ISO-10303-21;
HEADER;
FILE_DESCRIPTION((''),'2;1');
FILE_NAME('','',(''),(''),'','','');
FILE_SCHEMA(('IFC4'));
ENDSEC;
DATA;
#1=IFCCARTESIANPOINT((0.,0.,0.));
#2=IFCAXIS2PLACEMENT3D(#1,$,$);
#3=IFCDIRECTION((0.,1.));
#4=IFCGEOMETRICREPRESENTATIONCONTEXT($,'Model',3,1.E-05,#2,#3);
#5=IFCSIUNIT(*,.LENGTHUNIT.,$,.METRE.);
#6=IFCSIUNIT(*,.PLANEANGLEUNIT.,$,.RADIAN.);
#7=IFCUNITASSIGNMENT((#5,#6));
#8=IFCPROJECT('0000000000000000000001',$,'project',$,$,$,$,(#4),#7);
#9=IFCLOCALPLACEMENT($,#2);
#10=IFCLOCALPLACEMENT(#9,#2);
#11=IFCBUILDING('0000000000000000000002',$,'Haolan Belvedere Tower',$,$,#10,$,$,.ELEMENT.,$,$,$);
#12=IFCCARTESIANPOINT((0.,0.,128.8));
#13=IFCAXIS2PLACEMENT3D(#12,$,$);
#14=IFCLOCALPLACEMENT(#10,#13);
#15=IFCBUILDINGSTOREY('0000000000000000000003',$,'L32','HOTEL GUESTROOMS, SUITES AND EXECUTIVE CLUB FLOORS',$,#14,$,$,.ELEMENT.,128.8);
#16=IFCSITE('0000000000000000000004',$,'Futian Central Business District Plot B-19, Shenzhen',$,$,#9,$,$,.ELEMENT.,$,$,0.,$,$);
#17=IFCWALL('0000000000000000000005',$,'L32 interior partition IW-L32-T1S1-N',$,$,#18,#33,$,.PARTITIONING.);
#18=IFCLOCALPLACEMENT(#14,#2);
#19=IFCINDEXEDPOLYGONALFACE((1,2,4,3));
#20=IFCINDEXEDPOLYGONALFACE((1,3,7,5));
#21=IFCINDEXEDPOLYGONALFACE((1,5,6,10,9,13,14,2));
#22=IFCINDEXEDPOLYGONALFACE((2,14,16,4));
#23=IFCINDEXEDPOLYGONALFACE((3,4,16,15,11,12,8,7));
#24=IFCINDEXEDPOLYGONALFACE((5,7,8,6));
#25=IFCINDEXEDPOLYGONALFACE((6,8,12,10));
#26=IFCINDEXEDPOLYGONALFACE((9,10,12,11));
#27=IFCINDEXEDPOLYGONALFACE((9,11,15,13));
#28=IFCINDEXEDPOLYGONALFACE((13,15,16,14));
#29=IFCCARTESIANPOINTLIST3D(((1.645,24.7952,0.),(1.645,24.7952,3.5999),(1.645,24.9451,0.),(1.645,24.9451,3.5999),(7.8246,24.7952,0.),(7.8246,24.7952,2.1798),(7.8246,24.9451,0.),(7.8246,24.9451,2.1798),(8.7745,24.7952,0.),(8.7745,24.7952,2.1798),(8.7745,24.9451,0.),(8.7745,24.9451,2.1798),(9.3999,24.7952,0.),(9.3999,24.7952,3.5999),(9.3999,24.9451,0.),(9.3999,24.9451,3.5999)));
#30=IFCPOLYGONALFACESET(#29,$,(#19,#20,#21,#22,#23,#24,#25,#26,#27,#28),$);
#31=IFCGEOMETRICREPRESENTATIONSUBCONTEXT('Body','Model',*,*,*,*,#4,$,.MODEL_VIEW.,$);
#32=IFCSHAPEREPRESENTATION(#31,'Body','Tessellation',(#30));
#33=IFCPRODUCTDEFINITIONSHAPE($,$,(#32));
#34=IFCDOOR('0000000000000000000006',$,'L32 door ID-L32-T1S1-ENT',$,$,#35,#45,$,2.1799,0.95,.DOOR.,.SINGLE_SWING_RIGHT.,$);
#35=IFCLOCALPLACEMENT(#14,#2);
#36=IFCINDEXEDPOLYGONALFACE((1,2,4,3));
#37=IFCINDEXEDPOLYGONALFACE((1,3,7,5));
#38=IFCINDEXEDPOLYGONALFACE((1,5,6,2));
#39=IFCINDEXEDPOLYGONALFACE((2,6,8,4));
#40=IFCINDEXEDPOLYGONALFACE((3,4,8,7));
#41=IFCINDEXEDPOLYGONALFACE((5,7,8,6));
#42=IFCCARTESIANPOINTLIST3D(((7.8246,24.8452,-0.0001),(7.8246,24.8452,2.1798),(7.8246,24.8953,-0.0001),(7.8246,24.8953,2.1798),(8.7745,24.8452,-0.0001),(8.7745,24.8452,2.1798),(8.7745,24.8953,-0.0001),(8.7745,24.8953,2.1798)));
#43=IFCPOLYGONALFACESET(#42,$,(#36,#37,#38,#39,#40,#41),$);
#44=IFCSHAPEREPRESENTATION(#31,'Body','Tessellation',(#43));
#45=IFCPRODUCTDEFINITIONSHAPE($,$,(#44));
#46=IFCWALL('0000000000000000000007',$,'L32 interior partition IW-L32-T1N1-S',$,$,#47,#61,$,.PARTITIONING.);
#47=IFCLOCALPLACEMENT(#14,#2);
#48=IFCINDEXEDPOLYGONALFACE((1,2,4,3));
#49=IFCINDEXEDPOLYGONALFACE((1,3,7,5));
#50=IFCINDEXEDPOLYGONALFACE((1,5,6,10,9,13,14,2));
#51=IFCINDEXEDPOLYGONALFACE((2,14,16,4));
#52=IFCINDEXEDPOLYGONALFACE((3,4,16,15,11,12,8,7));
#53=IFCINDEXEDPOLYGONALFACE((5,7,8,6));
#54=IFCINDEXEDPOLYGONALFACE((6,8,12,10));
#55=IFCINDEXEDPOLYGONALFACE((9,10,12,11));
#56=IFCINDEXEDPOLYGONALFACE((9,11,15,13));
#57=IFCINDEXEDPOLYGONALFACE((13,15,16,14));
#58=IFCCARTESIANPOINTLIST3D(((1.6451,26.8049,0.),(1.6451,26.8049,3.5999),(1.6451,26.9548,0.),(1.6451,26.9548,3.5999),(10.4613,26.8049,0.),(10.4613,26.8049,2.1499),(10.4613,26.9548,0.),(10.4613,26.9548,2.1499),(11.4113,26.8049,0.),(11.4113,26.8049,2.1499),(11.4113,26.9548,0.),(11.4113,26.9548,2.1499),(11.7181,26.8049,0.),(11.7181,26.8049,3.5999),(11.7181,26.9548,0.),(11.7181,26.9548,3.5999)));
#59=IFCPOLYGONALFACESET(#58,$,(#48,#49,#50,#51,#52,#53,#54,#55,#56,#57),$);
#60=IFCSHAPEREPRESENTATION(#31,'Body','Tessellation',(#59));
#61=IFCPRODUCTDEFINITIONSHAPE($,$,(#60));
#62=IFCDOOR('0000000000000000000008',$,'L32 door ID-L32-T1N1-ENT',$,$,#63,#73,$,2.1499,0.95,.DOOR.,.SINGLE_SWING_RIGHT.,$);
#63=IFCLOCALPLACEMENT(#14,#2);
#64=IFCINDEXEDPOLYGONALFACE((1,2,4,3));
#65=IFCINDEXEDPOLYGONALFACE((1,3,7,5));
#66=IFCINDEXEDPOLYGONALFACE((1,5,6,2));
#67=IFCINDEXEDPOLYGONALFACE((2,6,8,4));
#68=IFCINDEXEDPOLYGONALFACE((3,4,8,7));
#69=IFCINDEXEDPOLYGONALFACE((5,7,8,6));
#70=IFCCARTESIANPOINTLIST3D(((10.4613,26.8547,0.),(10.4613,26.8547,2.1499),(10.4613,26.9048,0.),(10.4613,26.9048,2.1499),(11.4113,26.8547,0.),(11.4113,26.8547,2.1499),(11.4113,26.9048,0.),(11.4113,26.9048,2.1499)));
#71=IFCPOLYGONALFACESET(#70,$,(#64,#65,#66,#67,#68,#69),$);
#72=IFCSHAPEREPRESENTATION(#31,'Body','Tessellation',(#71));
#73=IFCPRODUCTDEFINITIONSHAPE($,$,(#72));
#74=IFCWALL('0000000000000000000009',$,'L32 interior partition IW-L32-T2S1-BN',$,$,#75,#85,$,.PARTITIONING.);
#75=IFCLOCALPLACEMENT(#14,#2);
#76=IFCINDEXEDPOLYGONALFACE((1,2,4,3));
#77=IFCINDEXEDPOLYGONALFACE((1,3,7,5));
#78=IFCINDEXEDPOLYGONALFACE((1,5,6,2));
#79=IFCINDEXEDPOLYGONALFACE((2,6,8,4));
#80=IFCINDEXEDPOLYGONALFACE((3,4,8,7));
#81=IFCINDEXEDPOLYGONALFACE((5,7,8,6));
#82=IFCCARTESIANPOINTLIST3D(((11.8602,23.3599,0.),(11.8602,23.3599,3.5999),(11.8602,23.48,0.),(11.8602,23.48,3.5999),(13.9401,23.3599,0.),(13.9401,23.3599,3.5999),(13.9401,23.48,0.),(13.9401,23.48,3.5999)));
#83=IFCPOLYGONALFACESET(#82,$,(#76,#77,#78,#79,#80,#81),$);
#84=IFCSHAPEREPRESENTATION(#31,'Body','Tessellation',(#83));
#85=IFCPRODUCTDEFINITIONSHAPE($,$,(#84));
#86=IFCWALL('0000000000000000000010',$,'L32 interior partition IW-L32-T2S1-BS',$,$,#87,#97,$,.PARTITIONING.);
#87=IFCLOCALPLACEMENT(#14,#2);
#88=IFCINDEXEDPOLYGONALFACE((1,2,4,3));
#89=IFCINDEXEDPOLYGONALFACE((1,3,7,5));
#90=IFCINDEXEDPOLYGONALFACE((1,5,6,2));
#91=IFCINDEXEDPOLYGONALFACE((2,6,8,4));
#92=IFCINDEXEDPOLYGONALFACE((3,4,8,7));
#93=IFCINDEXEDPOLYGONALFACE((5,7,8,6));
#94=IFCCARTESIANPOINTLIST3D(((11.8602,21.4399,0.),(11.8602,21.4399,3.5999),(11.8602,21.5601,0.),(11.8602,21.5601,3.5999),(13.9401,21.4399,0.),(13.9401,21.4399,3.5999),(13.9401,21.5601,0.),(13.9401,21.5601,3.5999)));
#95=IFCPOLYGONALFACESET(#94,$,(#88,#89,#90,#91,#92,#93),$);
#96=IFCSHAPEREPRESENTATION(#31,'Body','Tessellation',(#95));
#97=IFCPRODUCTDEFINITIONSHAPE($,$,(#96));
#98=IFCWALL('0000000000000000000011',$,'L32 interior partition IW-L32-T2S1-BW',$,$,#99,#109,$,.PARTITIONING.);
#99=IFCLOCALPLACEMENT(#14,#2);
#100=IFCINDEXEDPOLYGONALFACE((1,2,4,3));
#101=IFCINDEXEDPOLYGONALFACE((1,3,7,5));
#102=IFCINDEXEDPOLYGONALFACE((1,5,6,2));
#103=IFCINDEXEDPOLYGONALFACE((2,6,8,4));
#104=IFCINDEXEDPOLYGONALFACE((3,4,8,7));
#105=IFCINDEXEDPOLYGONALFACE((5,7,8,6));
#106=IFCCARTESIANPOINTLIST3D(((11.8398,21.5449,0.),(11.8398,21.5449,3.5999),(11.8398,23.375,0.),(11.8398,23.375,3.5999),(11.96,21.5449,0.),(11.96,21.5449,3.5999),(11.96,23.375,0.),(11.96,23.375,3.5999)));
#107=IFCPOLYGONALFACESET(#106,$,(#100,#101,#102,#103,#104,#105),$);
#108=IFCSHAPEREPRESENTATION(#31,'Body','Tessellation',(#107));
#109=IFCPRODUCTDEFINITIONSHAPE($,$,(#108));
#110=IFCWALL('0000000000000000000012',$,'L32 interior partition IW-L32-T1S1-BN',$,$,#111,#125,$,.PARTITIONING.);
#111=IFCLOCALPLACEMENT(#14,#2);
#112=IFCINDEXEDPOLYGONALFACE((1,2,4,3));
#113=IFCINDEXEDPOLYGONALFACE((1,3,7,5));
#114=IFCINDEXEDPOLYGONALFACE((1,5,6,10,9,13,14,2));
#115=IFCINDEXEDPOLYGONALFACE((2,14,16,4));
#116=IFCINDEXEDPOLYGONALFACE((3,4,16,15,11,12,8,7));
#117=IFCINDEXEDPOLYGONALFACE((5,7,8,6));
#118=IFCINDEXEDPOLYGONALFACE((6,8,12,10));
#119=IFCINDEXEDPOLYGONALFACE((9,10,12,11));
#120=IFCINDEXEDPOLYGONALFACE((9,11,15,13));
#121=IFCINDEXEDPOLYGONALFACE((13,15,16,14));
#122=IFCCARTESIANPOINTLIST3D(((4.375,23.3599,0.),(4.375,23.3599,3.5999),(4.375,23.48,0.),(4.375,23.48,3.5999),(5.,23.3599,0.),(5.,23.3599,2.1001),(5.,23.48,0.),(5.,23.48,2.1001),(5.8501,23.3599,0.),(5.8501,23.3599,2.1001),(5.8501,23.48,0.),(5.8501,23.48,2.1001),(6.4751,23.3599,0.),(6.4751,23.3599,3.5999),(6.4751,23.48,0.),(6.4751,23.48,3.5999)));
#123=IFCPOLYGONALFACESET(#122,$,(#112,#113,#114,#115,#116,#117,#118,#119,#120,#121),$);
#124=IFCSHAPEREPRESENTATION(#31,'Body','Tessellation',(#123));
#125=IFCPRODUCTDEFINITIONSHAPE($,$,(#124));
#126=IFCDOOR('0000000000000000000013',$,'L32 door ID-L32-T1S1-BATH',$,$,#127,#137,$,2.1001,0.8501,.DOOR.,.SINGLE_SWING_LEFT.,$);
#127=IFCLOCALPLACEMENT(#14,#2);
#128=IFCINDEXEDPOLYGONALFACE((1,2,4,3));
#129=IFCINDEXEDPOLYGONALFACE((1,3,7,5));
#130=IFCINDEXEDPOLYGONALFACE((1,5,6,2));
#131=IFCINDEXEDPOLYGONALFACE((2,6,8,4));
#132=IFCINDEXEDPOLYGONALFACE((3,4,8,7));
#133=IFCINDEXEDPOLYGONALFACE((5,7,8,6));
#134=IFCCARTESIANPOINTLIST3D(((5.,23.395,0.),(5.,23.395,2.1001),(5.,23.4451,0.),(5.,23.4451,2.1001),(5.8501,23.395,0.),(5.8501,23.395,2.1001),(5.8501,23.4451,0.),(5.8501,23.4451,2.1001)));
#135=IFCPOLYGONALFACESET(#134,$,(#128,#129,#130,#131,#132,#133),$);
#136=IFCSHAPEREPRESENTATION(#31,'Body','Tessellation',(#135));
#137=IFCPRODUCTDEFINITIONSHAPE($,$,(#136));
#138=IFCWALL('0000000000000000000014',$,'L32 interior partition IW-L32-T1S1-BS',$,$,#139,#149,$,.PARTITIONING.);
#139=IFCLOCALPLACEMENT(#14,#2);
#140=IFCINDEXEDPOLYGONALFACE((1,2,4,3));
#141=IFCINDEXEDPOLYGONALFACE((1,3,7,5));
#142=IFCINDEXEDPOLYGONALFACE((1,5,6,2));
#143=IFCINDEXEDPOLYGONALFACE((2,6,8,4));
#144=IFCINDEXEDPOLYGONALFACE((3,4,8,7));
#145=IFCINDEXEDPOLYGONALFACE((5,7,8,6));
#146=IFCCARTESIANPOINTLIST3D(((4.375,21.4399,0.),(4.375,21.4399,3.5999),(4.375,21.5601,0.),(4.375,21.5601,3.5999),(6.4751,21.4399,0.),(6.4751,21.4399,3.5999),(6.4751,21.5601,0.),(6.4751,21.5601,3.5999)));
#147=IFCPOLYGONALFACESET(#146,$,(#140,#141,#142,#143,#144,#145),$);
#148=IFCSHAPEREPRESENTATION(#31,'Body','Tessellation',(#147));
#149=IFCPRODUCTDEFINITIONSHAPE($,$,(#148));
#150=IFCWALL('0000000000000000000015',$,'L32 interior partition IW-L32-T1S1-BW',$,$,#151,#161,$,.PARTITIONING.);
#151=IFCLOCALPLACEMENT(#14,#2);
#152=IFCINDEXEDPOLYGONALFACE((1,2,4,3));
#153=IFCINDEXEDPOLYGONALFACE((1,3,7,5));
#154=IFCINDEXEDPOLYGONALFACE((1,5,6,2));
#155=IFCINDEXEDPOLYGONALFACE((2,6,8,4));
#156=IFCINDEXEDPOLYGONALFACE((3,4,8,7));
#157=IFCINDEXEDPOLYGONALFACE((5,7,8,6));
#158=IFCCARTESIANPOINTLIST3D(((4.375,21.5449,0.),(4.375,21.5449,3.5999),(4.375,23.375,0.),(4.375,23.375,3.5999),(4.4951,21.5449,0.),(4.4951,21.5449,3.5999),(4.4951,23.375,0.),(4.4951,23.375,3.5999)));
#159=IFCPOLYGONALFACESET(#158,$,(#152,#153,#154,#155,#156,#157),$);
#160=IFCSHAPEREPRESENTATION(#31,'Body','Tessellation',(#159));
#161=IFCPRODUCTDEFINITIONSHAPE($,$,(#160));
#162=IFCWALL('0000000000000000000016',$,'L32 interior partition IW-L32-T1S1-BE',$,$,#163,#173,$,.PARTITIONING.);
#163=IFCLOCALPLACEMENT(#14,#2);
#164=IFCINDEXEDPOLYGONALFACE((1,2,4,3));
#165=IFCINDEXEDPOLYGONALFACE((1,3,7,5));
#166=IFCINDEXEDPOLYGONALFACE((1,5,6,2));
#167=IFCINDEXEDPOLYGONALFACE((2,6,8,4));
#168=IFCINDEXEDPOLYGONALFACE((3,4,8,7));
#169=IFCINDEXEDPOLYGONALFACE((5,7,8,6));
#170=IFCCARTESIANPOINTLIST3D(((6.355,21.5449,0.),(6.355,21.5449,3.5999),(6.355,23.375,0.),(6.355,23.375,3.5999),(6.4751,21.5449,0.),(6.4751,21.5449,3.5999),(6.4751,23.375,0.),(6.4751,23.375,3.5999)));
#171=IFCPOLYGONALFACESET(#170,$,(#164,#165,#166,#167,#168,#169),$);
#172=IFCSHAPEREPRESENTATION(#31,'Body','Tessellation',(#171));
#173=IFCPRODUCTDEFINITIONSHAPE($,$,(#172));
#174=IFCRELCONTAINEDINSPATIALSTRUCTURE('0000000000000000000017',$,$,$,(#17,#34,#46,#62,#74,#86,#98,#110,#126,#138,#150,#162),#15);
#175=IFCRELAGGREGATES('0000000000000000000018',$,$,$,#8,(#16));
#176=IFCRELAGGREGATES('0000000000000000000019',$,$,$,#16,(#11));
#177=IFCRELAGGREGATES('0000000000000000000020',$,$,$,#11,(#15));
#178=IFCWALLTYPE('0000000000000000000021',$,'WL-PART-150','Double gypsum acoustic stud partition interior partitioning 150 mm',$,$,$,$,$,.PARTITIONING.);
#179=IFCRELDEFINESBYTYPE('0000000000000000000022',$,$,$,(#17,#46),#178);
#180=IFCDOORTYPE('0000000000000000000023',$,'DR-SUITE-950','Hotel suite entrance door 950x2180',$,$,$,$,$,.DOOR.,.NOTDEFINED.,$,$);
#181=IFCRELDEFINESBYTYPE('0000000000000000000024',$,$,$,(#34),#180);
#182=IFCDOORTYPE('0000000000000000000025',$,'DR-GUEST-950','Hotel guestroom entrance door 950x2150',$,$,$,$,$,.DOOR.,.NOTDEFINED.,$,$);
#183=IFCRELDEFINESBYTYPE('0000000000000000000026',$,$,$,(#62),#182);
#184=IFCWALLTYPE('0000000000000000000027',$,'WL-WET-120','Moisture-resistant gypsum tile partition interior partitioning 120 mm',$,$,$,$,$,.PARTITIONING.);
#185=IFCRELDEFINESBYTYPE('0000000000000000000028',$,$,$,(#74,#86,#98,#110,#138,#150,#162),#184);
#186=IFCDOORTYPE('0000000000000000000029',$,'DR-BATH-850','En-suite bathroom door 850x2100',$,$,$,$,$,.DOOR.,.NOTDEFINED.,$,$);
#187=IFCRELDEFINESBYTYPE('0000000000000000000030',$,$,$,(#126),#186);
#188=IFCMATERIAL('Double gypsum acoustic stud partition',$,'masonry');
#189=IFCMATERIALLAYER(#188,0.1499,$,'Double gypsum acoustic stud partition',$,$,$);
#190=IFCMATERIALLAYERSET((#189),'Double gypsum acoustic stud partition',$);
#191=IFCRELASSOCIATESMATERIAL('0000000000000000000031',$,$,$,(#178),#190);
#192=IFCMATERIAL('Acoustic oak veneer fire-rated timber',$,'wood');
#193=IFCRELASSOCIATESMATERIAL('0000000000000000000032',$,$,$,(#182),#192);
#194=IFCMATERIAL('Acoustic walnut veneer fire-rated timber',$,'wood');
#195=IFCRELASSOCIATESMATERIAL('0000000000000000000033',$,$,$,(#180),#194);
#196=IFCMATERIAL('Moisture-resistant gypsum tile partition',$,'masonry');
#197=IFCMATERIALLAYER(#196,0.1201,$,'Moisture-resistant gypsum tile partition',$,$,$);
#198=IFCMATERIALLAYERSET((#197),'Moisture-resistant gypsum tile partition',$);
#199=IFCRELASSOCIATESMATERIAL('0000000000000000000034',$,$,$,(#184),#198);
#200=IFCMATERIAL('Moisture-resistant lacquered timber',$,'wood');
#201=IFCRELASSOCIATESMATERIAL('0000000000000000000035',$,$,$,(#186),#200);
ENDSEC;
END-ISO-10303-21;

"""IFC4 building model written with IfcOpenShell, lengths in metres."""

from ifc_helpers import new_model, si_unit, direction, frame, frame_2d, origin, place, context, subcontext, project, spatial, rectangle, extrude, material, layer, layer_set, type_object, element, fill, save


model = new_model("IFC4")

# Units and contexts
model_context = context("Model", 3, precision=1e-05, world=origin(), true_north=direction((0.0, 1.0)))
body_context = subcontext(model_context, "Body", "Model", "MODEL_VIEW")
ifc_project = project(units=[si_unit("LENGTHUNIT", "METRE"), si_unit("PLANEANGLEUNIT", "RADIAN")], contexts=[model_context])

# Site, building, storey
site_placement = place(None, origin())
site = spatial("IfcSite", under=ifc_project, at=site_placement, Name="Futian Central Business District Plot B-19, Shenzhen", CompositionType="ELEMENT", RefElevation=0.0)
building_placement = place(site_placement, origin())
building = spatial("IfcBuilding", under=site, at=building_placement, Name="Haolan Belvedere Tower", CompositionType="ELEMENT")
storey_placement = place(building_placement, frame((0.0, 0.0, 128.8)))
storey = spatial("IfcBuildingStorey", under=building, at=storey_placement, Name="L32", Description="HOTEL GUESTROOMS, SUITES AND EXECUTIVE CLUB FLOORS", CompositionType="ELEMENT", Elevation=128.8)

# Shared definitions
ifc_material_1 = material(Name="Double gypsum acoustic stud partition", Category="masonry")
ifc_layer_1 = layer(ifc_material_1, 0.1499, Name="Double gypsum acoustic stud partition")
ifc_layer_set_1 = layer_set([ifc_layer_1], Name="Double gypsum acoustic stud partition")
wall_type_1 = type_object("IfcWallType", Name="WL-PART-150", Description="Double gypsum acoustic stud partition interior partitioning 150 mm", PredefinedType="PARTITIONING", material=ifc_layer_set_1)

# Walls, openings, doors
ifc_material_2 = material(Name="Acoustic oak veneer fire-rated timber", Category="wood")
door_type_1 = type_object("IfcDoorType", Name="DR-GUEST-950", Description="Hotel guestroom entrance door 950x2150", OperationType="NOTDEFINED", PredefinedType="DOOR", material=ifc_material_2)
wall_1_placement = place(storey_placement, frame((1.645, 24.8701, 0.0), z_axis=(0.0, 0.0, 1.0), x_axis=(1.0, 0.0, 0.0)))
wall_1 = element("IfcWall", 1, at=wall_1_placement, inside=storey, type_object=wall_type_1, Name="L32 interior partition IW-L32-T1S1-N", PredefinedType="PARTITIONING", context=body_context, shape_type="SweptSolid", body=[
    extrude(rectangle(XDim=7.7549, YDim=0.1499, at=frame_2d((3.8774, 0.0))), origin(), (0.0, 0.0, 1.0), 3.5999),
])
opening_1_placement = place(wall_1_placement, frame((7.1296, 0.0, 0.0), z_axis=(0.0, 0.0, 1.0), x_axis=(-1.0, 0.0, 0.0)))
opening_1 = element("IfcOpeningElement", 2, at=opening_1_placement, cuts=wall_1, PredefinedType="OPENING", context=body_context, shape_type="SweptSolid", body=[
    extrude(rectangle(XDim=0.95, YDim=2.1799, at=frame_2d((0.4751, 1.0898))), frame((0.0, 0.085, 0.0), z_axis=(0.0, -1.0, 0.0), x_axis=(1.0, 0.0, 0.0)), (0.0, 0.0, 1.0), 0.1699),
])
ifc_material_3 = material(Name="Acoustic walnut veneer fire-rated timber", Category="wood")
door_type_2 = type_object("IfcDoorType", Name="DR-SUITE-950", Description="Hotel suite entrance door 950x2180", OperationType="NOTDEFINED", PredefinedType="DOOR", material=ifc_material_3)
door_1_placement = place(opening_1_placement, origin())
door_1 = element("IfcDoor", 3, at=door_1_placement, inside=storey, type_object=door_type_2, Name="L32 door ID-L32-T1S1-ENT", OperationType="SINGLE_SWING_RIGHT", OverallHeight=2.1799, OverallWidth=0.95, PredefinedType="DOOR", context=body_context, shape_type="SweptSolid", body=[
    extrude(rectangle(XDim=0.95, YDim=2.1799, at=frame_2d((0.4751, 1.0898))), frame((0.0, 0.0249, 0.0), z_axis=(0.0, -1.0, 0.0), x_axis=(1.0, 0.0, 0.0)), (0.0, 0.0, 1.0), 0.05),
])
fill(opening_1, door_1)
wall_2_placement = place(storey_placement, frame((1.645, 26.8799, 0.0), z_axis=(0.0, 0.0, 1.0), x_axis=(1.0, 0.0, 0.0)))
wall_2 = element("IfcWall", 4, at=wall_2_placement, inside=storey, type_object=wall_type_1, Name="L32 interior partition IW-L32-T1N1-S", PredefinedType="PARTITIONING", context=body_context, shape_type="SweptSolid", body=[
    extrude(rectangle(XDim=10.073, YDim=0.1499, at=frame_2d((5.0366, 0.0))), origin(), (0.0, 0.0, 1.0), 3.5999),
])
opening_2_placement = place(wall_2_placement, frame((8.8162, 0.0, 0.0)))
opening_2 = element("IfcOpeningElement", 5, at=opening_2_placement, cuts=wall_2, PredefinedType="OPENING", context=body_context, shape_type="SweptSolid", body=[
    extrude(rectangle(XDim=0.95, YDim=2.1499, at=frame_2d((0.4751, 1.075))), frame((0.0, 0.085, 0.0), z_axis=(0.0, -1.0, 0.0), x_axis=(1.0, 0.0, 0.0)), (0.0, 0.0, 1.0), 0.1699),
])
door_2_placement = place(opening_2_placement, origin())
door_2 = element("IfcDoor", 6, at=door_2_placement, inside=storey, type_object=door_type_1, Name="L32 door ID-L32-T1N1-ENT", OperationType="SINGLE_SWING_RIGHT", OverallHeight=2.1499, OverallWidth=0.95, PredefinedType="DOOR", context=body_context, shape_type="SweptSolid", body=[
    extrude(rectangle(XDim=0.95, YDim=2.1499, at=frame_2d((0.4751, 1.075))), frame((0.0, 0.0249, 0.0), z_axis=(0.0, -1.0, 0.0), x_axis=(1.0, 0.0, 0.0)), (0.0, 0.0, 1.0), 0.05),
])
fill(opening_2, door_2)

# Walls
ifc_material_4 = material(Name="Moisture-resistant gypsum tile partition", Category="masonry")
ifc_layer_2 = layer(ifc_material_4, 0.1201, Name="Moisture-resistant gypsum tile partition")
ifc_layer_set_2 = layer_set([ifc_layer_2], Name="Moisture-resistant gypsum tile partition")
wall_type_2 = type_object("IfcWallType", Name="WL-WET-120", Description="Moisture-resistant gypsum tile partition interior partitioning 120 mm", PredefinedType="PARTITIONING", material=ifc_layer_set_2)
for number, where, z_axis, x_axis, name in (
    (7, (11.8601, 23.4199, 0.0), (0.0, 0.0, 1.0), (1.0, 0.0, 0.0), "L32 interior partition IW-L32-T2S1-BN"),
    (8, (11.8601, 21.5, 0.0), (0.0, 0.0, 1.0), (1.0, 0.0, 0.0), "L32 interior partition IW-L32-T2S1-BS"),
):
    element("IfcWall", number, at=place(storey_placement, frame(where, z_axis=z_axis, x_axis=x_axis)), inside=storey, type_object=wall_type_2, Name=name, PredefinedType="PARTITIONING", context=body_context, shape_type="SweptSolid", body=[
        extrude(rectangle(XDim=2.0798, YDim=0.1201, at=frame_2d((1.04, 0.0))), origin(), (0.0, 0.0, 1.0), 3.5999),
    ])
wall_3_placement = place(storey_placement, frame((11.8999, 21.5449, 0.0), z_axis=(0.0, 0.0, 1.0), x_axis=(0.0, 1.0, 0.0)))
element("IfcWall", 9, at=wall_3_placement, inside=storey, type_object=wall_type_2, Name="L32 interior partition IW-L32-T2S1-BW", PredefinedType="PARTITIONING", context=body_context, shape_type="SweptSolid", body=[
    extrude(rectangle(XDim=1.8301, YDim=0.1201, at=frame_2d((0.915, 0.0))), origin(), (0.0, 0.0, 1.0), 3.5999),
])

# Wall, opening, door
wall_4_placement = place(storey_placement, frame((4.375, 23.4199, 0.0), z_axis=(0.0, 0.0, 1.0), x_axis=(1.0, 0.0, 0.0)))
wall_4 = element("IfcWall", 10, at=wall_4_placement, inside=storey, type_object=wall_type_2, Name="L32 interior partition IW-L32-T1S1-BN", PredefinedType="PARTITIONING", context=body_context, shape_type="SweptSolid", body=[
    extrude(rectangle(XDim=2.1001, YDim=0.1201, at=frame_2d((1.05, 0.0))), origin(), (0.0, 0.0, 1.0), 3.5999),
])
opening_3_placement = place(wall_4_placement, frame((1.4751, 0.0, 0.0), z_axis=(0.0, 0.0, 1.0), x_axis=(-1.0, 0.0, 0.0)))
opening_3 = element("IfcOpeningElement", 11, at=opening_3_placement, cuts=wall_4, PredefinedType="OPENING", context=body_context, shape_type="SweptSolid", body=[
    extrude(rectangle(XDim=0.8501, YDim=2.1001, at=frame_2d((0.425, 1.05))), frame((0.0, 0.0701, 0.0), z_axis=(0.0, -1.0, 0.0), x_axis=(1.0, 0.0, 0.0)), (0.0, 0.0, 1.0), 0.1401),
])
ifc_material_5 = material(Name="Moisture-resistant lacquered timber", Category="wood")
door_type_3 = type_object("IfcDoorType", Name="DR-BATH-850", Description="En-suite bathroom door 850x2100", OperationType="NOTDEFINED", PredefinedType="DOOR", material=ifc_material_5)
door_3_placement = place(opening_3_placement, origin())
door_3 = element("IfcDoor", 12, at=door_3_placement, inside=storey, type_object=door_type_3, Name="L32 door ID-L32-T1S1-BATH", OperationType="SINGLE_SWING_LEFT", OverallHeight=2.1001, OverallWidth=0.8501, PredefinedType="DOOR", context=body_context, shape_type="SweptSolid", body=[
    extrude(rectangle(XDim=0.8501, YDim=2.1001, at=frame_2d((0.425, 1.05))), frame((0.0, 0.0249, 0.0), z_axis=(0.0, -1.0, 0.0), x_axis=(1.0, 0.0, 0.0)), (0.0, 0.0, 1.0), 0.05),
])
fill(opening_3, door_3)

# Walls
wall_5_placement = place(storey_placement, frame((4.375, 21.5, 0.0), z_axis=(0.0, 0.0, 1.0), x_axis=(1.0, 0.0, 0.0)))
element("IfcWall", 13, at=wall_5_placement, inside=storey, type_object=wall_type_2, Name="L32 interior partition IW-L32-T1S1-BS", PredefinedType="PARTITIONING", context=body_context, shape_type="SweptSolid", body=[
    extrude(rectangle(XDim=2.1001, YDim=0.1201, at=frame_2d((1.05, 0.0))), origin(), (0.0, 0.0, 1.0), 3.5999),
])
for number, where, z_axis, x_axis, name in (
    (14, (4.4351, 21.5449, 0.0), (0.0, 0.0, 1.0), (0.0, 1.0, 0.0), "L32 interior partition IW-L32-T1S1-BW"),
    (15, (6.415, 21.5449, 0.0), (0.0, 0.0, 1.0), (0.0, 1.0, 0.0), "L32 interior partition IW-L32-T1S1-BE"),
):
    element("IfcWall", number, at=place(storey_placement, frame(where, z_axis=z_axis, x_axis=x_axis)), inside=storey, type_object=wall_type_2, Name=name, PredefinedType="PARTITIONING", context=body_context, shape_type="SweptSolid", body=[
        extrude(rectangle(XDim=1.8301, YDim=0.1201, at=frame_2d((0.915, 0.0))), origin(), (0.0, 0.0, 1.0), 3.5999),
    ])

save(model, "model.ifc")
